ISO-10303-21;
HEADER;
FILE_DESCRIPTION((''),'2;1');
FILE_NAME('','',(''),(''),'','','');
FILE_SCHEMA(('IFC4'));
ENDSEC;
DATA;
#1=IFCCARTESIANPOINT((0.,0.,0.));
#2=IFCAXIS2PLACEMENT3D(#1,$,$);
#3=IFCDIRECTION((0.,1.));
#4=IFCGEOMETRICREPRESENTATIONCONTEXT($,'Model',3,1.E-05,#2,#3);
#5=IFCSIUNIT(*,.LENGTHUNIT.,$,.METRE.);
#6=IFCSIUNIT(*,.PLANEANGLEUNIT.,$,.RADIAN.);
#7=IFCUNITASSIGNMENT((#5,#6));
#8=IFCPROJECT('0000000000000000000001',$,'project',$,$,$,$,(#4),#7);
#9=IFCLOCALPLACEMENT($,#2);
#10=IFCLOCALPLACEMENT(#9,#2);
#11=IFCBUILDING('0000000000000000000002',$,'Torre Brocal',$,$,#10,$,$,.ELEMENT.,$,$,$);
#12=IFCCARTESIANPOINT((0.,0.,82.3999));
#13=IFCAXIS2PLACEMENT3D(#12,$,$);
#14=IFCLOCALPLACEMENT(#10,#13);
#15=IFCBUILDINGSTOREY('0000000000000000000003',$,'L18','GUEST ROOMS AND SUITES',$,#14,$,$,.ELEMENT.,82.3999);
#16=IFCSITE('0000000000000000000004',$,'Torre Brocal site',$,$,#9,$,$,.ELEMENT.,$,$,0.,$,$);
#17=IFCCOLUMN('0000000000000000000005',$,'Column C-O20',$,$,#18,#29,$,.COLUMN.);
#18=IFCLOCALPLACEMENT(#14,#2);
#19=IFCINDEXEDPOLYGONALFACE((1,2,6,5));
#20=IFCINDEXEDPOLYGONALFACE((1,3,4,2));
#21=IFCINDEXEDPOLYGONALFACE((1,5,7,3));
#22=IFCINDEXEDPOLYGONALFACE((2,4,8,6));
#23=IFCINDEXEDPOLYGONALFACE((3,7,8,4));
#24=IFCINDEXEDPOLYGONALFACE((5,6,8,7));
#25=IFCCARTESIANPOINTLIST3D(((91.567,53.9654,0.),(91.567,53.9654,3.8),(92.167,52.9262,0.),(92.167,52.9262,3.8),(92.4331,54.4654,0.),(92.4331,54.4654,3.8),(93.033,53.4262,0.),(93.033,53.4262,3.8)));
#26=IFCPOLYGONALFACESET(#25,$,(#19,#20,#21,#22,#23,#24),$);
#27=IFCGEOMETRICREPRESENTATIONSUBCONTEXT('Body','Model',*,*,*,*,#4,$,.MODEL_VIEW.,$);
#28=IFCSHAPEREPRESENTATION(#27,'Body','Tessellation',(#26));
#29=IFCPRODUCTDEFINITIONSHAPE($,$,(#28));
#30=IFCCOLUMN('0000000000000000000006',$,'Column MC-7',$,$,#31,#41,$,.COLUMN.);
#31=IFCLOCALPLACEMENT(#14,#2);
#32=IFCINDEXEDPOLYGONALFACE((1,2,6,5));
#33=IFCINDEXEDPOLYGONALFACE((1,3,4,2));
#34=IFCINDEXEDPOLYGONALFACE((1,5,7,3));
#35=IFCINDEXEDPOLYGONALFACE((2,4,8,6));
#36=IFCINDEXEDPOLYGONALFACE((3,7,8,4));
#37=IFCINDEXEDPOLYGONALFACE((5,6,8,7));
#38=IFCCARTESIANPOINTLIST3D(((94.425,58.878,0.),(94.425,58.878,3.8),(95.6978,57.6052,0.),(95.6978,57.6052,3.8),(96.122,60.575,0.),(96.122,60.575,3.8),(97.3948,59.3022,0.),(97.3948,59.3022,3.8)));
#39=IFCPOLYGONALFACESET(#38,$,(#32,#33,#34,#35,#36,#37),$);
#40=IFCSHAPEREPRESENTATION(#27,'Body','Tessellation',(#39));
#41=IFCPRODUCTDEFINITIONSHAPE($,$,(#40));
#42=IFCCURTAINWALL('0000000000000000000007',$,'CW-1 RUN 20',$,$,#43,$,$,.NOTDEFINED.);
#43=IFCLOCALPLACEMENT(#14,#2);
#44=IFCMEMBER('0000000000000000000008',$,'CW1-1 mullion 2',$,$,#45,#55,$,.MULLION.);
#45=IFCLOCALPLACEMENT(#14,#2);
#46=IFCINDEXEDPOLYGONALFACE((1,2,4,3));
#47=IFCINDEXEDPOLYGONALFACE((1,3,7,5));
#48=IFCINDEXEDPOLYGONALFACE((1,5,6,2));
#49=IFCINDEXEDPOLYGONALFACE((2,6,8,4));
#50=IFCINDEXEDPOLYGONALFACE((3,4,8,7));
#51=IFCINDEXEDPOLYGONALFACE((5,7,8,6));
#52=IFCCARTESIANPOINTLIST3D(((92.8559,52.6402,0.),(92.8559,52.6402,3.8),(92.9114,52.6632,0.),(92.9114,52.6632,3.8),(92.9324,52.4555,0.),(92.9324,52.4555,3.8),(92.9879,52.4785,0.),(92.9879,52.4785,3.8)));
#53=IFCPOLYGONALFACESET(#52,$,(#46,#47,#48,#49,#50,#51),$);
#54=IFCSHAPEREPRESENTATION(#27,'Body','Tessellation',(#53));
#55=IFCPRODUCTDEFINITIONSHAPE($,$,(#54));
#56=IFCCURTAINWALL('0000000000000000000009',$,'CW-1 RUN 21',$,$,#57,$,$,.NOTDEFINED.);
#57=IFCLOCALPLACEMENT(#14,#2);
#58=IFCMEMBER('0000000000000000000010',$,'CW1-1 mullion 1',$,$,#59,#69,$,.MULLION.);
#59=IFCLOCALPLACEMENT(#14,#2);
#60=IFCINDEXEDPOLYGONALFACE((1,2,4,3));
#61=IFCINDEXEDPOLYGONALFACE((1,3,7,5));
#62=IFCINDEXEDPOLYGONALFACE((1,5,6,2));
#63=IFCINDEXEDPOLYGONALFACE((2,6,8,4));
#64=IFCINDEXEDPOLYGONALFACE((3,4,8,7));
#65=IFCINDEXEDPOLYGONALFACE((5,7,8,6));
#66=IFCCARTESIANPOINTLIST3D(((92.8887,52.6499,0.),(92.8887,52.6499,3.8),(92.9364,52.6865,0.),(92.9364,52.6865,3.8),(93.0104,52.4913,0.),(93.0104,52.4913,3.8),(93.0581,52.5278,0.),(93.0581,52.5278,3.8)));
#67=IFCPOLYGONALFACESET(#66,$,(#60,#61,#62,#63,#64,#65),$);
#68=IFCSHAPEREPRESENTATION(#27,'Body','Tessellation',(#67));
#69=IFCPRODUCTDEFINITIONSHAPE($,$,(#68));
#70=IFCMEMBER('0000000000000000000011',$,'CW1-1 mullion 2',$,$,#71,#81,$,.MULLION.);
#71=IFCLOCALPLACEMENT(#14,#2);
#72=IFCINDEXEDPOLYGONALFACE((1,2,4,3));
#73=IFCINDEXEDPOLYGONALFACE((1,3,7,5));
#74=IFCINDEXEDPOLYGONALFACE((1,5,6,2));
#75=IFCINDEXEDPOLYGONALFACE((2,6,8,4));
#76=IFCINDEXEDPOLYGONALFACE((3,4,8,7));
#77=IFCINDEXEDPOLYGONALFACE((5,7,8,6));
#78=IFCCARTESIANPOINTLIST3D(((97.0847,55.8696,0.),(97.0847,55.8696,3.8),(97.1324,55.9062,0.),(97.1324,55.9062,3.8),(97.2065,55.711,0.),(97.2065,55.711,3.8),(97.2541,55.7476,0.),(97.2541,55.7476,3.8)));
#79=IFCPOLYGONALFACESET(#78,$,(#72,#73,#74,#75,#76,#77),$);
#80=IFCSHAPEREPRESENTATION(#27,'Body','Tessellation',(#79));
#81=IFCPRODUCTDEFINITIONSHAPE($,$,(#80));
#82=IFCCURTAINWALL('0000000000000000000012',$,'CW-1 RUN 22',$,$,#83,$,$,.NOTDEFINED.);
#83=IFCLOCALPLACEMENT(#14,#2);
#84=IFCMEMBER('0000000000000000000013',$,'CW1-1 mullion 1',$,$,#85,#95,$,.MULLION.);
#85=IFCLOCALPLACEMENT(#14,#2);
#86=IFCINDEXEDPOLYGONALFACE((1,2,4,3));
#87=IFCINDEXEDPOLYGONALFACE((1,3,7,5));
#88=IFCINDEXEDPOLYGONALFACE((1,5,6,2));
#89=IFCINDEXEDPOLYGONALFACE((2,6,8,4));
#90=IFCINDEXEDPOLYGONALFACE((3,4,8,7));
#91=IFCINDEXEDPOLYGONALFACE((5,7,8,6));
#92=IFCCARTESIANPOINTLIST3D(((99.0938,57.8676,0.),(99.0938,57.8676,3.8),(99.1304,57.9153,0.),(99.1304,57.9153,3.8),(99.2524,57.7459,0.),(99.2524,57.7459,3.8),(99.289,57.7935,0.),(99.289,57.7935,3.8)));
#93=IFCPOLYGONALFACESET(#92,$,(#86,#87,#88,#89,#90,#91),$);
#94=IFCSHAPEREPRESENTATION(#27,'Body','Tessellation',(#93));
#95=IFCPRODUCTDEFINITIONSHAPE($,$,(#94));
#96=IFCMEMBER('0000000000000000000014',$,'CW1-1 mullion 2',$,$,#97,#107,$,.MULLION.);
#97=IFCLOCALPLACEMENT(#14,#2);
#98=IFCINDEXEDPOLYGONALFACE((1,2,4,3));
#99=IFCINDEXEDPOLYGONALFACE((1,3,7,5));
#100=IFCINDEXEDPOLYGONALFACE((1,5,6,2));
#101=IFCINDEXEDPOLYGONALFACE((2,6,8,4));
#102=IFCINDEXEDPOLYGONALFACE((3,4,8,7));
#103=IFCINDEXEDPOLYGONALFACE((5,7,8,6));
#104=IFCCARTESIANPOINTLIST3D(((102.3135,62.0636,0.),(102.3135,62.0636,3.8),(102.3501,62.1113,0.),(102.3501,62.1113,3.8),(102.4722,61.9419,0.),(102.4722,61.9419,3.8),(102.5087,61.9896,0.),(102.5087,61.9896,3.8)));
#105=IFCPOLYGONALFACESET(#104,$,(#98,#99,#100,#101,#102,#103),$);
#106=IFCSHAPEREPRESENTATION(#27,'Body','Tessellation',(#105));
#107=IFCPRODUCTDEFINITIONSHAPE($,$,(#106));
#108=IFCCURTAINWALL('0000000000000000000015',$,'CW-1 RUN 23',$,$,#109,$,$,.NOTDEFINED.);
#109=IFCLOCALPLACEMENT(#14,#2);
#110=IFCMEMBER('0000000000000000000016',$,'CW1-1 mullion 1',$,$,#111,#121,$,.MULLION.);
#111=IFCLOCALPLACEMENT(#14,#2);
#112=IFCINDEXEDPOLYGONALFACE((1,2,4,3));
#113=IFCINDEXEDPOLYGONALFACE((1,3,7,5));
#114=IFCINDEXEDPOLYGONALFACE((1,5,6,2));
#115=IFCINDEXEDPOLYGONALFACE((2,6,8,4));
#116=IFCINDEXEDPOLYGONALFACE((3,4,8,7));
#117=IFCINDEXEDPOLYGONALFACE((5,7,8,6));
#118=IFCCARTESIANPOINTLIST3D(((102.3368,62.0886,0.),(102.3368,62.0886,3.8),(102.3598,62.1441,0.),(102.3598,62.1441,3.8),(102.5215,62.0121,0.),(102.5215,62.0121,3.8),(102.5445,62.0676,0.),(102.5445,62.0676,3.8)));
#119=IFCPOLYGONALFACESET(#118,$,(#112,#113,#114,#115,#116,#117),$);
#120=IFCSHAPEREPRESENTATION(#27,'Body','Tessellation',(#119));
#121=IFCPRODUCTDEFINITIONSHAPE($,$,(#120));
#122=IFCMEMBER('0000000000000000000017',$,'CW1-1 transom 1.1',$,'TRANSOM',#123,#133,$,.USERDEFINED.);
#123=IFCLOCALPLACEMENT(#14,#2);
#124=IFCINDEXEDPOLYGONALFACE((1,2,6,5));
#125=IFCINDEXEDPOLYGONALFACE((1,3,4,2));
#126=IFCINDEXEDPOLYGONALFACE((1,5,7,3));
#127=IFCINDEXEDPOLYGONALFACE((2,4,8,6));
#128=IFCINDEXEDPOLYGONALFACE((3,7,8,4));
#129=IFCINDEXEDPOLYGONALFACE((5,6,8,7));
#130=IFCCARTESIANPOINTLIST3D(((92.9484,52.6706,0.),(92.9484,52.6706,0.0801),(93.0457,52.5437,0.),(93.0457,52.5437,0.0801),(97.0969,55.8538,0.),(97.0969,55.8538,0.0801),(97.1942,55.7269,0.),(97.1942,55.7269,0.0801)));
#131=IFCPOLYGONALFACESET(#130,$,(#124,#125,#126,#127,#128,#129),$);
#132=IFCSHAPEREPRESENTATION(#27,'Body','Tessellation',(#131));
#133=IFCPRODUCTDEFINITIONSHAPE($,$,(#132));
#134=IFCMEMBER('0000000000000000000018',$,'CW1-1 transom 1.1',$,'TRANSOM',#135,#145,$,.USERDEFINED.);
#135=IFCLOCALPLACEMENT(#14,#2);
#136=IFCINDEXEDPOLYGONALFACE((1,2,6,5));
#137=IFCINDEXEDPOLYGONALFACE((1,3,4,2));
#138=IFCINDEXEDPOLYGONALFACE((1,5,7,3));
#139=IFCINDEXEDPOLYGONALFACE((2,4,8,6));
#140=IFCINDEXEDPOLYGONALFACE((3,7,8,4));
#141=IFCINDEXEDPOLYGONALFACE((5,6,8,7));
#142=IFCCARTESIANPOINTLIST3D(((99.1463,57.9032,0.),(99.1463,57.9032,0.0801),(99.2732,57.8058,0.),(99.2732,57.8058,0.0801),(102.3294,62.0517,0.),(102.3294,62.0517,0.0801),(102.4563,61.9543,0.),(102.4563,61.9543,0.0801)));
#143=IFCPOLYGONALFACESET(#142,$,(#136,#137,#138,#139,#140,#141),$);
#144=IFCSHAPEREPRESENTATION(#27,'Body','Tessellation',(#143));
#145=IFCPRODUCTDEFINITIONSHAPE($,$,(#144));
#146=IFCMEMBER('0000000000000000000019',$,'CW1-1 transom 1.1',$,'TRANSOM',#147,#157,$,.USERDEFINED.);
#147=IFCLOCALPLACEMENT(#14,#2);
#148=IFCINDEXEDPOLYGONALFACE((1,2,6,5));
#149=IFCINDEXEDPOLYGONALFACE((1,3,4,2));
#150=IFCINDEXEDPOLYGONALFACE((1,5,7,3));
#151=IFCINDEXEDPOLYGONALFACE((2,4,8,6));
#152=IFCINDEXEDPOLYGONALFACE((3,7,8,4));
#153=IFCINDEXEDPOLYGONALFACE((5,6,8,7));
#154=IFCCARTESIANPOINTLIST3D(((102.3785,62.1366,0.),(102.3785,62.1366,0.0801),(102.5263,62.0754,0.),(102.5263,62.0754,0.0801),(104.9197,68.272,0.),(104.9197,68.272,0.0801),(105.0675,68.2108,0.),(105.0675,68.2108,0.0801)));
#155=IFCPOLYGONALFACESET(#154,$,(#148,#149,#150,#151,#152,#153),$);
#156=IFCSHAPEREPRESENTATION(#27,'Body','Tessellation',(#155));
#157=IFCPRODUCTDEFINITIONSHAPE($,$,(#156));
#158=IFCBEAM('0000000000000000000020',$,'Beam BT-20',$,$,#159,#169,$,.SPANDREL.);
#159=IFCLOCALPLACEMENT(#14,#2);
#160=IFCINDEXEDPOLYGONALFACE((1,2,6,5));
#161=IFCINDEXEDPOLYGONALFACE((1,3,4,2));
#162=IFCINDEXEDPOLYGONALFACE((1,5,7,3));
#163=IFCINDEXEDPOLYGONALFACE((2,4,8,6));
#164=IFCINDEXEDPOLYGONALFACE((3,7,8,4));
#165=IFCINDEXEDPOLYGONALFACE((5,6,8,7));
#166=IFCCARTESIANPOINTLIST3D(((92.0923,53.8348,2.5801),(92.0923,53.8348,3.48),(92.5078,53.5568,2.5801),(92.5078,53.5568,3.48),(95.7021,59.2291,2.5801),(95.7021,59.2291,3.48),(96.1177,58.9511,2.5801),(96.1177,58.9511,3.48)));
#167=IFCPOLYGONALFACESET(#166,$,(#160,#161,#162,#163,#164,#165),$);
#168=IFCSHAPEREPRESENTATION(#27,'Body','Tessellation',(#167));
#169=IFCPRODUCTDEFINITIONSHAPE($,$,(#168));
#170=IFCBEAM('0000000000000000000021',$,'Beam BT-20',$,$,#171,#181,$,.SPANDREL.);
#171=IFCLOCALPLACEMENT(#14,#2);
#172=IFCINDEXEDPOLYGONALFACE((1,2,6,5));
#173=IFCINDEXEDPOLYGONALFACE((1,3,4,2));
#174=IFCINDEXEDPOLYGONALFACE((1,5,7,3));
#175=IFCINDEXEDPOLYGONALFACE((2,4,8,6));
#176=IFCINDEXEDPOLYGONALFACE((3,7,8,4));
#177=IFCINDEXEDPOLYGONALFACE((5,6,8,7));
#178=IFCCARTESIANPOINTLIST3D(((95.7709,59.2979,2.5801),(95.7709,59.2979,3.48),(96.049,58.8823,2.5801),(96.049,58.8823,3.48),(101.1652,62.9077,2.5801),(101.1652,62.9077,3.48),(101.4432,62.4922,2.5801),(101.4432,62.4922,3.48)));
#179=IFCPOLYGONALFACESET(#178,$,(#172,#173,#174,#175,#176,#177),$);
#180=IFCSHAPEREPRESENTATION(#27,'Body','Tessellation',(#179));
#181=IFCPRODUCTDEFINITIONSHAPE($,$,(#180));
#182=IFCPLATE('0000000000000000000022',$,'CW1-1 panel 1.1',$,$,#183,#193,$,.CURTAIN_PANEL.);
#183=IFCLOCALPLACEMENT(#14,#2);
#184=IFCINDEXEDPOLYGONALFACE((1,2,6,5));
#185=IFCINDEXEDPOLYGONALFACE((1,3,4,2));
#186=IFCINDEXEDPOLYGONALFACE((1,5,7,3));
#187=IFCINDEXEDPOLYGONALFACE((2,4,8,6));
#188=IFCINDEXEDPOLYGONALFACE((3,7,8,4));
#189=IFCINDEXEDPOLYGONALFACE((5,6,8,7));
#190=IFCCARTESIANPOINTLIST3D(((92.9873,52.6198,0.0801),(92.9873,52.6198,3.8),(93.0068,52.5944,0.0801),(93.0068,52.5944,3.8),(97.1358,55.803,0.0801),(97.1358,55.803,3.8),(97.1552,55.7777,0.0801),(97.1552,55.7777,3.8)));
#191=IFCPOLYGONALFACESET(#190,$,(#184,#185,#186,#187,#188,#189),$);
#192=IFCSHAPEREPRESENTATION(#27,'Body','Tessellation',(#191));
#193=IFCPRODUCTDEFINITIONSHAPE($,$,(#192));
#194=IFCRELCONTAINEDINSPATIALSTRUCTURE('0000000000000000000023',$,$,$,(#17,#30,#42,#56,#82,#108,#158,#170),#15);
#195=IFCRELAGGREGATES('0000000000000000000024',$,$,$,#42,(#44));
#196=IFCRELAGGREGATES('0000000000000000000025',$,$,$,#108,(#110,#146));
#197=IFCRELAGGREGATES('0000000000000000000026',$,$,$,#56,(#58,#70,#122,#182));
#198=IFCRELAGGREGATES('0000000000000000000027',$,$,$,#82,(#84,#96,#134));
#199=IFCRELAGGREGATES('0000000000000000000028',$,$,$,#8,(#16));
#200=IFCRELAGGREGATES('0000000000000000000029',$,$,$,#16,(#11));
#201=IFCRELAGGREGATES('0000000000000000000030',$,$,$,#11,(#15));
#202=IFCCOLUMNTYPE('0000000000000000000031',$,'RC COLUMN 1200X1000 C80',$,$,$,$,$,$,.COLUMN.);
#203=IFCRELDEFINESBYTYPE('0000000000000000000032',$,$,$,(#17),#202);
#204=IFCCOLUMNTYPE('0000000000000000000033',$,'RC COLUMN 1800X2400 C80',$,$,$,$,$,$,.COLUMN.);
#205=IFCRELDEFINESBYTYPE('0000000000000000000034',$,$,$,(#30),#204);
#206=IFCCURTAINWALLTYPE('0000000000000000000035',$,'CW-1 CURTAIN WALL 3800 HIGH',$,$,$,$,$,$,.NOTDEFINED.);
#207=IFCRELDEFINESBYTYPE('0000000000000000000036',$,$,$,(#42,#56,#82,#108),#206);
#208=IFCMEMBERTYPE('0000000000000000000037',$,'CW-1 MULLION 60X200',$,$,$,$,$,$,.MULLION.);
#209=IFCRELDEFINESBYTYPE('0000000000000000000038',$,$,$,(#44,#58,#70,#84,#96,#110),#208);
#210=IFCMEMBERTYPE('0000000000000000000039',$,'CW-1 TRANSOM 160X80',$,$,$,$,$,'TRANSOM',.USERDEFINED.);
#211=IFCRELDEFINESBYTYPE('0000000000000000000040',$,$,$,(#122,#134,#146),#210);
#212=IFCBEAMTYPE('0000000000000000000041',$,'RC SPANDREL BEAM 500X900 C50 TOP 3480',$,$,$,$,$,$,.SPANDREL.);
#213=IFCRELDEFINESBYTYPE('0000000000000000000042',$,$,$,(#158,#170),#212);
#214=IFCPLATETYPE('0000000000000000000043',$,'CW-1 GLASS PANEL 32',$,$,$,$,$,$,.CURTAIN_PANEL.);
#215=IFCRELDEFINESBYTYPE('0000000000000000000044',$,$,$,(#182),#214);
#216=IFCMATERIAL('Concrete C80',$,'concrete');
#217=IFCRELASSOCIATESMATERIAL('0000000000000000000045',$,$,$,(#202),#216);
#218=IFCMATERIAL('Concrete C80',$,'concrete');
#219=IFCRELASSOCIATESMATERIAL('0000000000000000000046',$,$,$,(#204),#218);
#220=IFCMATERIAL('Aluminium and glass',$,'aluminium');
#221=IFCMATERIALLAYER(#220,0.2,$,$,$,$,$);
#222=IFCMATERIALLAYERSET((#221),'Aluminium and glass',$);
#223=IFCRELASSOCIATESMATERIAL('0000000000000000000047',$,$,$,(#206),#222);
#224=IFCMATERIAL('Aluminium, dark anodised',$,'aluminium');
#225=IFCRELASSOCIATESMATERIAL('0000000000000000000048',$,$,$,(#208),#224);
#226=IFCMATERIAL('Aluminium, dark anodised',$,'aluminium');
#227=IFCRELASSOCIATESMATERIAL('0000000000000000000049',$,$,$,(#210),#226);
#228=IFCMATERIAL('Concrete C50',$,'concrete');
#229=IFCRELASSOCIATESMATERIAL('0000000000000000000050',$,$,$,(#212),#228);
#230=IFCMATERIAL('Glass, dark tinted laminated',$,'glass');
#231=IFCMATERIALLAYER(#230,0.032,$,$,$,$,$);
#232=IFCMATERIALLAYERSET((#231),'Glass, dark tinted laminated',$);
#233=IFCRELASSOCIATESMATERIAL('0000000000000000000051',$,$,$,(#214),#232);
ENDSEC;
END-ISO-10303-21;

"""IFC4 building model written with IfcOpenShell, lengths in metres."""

from ifc_helpers import new_model, si_unit, direction, frame, origin, origin_2d, place, context, subcontext, project, spatial, rectangle, extrude, material, layer, layer_set, material_profile, profile_set, type_object, element, aggregate, save


model = new_model("IFC4")

# Units and contexts
model_context = context("Model", 3, precision=1e-05, world=origin(), true_north=direction((0.0, 1.0)))
body_context = subcontext(model_context, "Body", "Model", "MODEL_VIEW")
ifc_project = project(units=[si_unit("LENGTHUNIT", "METRE"), si_unit("PLANEANGLEUNIT", "RADIAN")], contexts=[model_context])

# Site, building, storey
site_placement = place(None, origin())
site = spatial("IfcSite", under=ifc_project, at=site_placement, Name="Torre Brocal site", CompositionType="ELEMENT", RefElevation=0.0)
building_placement = place(site_placement, origin())
building = spatial("IfcBuilding", under=site, at=building_placement, Name="Torre Brocal", CompositionType="ELEMENT")
storey_placement = place(building_placement, frame((0.0, 0.0, 82.3999)))
storey = spatial("IfcBuildingStorey", under=building, at=storey_placement, Name="L18", Description="GUEST ROOMS AND SUITES", CompositionType="ELEMENT", Elevation=82.3999)

# Columns
ifc_material_1 = material(Name="Concrete C80", Category="concrete")
ifc_material_profile_1 = material_profile(ifc_material_1, rectangle(XDim=1.2, YDim=1.0, at=origin_2d()), Name="RC 1200X1000")
ifc_profile_set_1 = profile_set([ifc_material_profile_1], Name="Concrete C80")
column_type_1 = type_object("IfcColumnType", Name="RC COLUMN 1200X1000 C80", PredefinedType="COLUMN", material=ifc_profile_set_1)
column_1_placement = place(storey_placement, frame((92.3, 53.6958, 0.0), z_axis=(0.0, 0.0, 1.0), x_axis=(0.5, -0.866025, 0.0)))
element("IfcColumn", 1, at=column_1_placement, inside=storey, type_object=column_type_1, Name="Column C-O20", PredefinedType="COLUMN", context=body_context, shape_type="SweptSolid", body=[
    extrude(rectangle(XDim=1.2, YDim=1.0, at=origin_2d()), origin(), (0.0, 0.0, 1.0), 3.8),
])
ifc_material_2 = material(Name="Concrete C80", Category="concrete")
ifc_material_profile_2 = material_profile(ifc_material_2, rectangle(XDim=1.8, YDim=2.3999, at=origin_2d()), Name="RC 1800X2400")
ifc_profile_set_2 = profile_set([ifc_material_profile_2], Name="Concrete C80")
column_type_2 = type_object("IfcColumnType", Name="RC COLUMN 1800X2400 C80", PredefinedType="COLUMN", material=ifc_profile_set_2)
column_2_placement = place(storey_placement, frame((95.9099, 59.0901, 0.0), z_axis=(0.0, 0.0, 1.0), x_axis=(0.707107, -0.707107, 0.0)))
element("IfcColumn", 2, at=column_2_placement, inside=storey, type_object=column_type_2, Name="Column MC-7", PredefinedType="COLUMN", context=body_context, shape_type="SweptSolid", body=[
    extrude(rectangle(XDim=1.8, YDim=2.3999, at=origin_2d()), origin(), (0.0, 0.0, 1.0), 3.8),
])

# Curtain wall, member
ifc_material_3 = material(Name="Aluminium and glass", Category="aluminium")
ifc_layer_1 = layer(ifc_material_3, 0.2)
ifc_layer_set_1 = layer_set([ifc_layer_1], Name="Aluminium and glass")
curtain_wall_type = type_object("IfcCurtainWallType", Name="CW-1 CURTAIN WALL 3800 HIGH", PredefinedType="NOTDEFINED", material=ifc_layer_set_1)
curtain_wall_1_placement = place(storey_placement, origin())
curtain_wall_1 = element("IfcCurtainWall", 3, at=curtain_wall_1_placement, inside=storey, type_object=curtain_wall_type, Name="CW-1 RUN 20", PredefinedType="NOTDEFINED")
ifc_material_4 = material(Name="Aluminium, dark anodised", Category="aluminium")
ifc_material_profile_3 = material_profile(ifc_material_4, rectangle(XDim=0.2, YDim=0.0601, at=origin_2d()), Name="CW-1 MULLION 60X200")
ifc_profile_set_3 = profile_set([ifc_material_profile_3], Name="Aluminium, dark anodised")
member_type_1 = type_object("IfcMemberType", Name="CW-1 MULLION 60X200", PredefinedType="MULLION", material=ifc_profile_set_3)
member_1_placement = place(storey_placement, frame((92.9219, 52.5593, 0.0), z_axis=(0.0, 0.0, 1.0), x_axis=(-0.382683, 0.92388, 0.0)))
member_1 = element("IfcMember", 4, at=member_1_placement, type_object=member_type_1, Name="CW1-1 mullion 2", PredefinedType="MULLION", context=body_context, shape_type="SweptSolid", body=[
    extrude(rectangle(XDim=0.2, YDim=0.0601, at=origin_2d()), origin(), (0.0, 0.0, 1.0), 3.8),
])
aggregate(curtain_wall_1, [member_1])

# Curtain walls, members
curtain_wall_2_placement = place(storey_placement, origin())
curtain_wall_2 = element("IfcCurtainWall", 5, at=curtain_wall_2_placement, inside=storey, type_object=curtain_wall_type, Name="CW-1 RUN 21", PredefinedType="NOTDEFINED")
member_2_placement = place(storey_placement, frame((92.9734, 52.5889, 0.0), z_axis=(0.0, 0.0, 1.0), x_axis=(-0.608761, 0.793353, 0.0)))
member_2 = element("IfcMember", 6, at=member_2_placement, type_object=member_type_1, Name="CW1-1 mullion 1", PredefinedType="MULLION", context=body_context, shape_type="SweptSolid", body=[
    extrude(rectangle(XDim=0.2, YDim=0.0601, at=origin_2d()), origin(), (0.0, 0.0, 1.0), 3.8),
])
member_3_placement = place(storey_placement, frame((97.1694, 55.8086, 0.0), z_axis=(0.0, 0.0, 1.0), x_axis=(-0.608761, 0.793353, 0.0)))
member_3 = element("IfcMember", 7, at=member_3_placement, type_object=member_type_1, Name="CW1-1 mullion 2", PredefinedType="MULLION", context=body_context, shape_type="SweptSolid", body=[
    extrude(rectangle(XDim=0.2, YDim=0.0601, at=origin_2d()), origin(), (0.0, 0.0, 1.0), 3.8),
])
curtain_wall_3_placement = place(storey_placement, origin())
curtain_wall_3 = element("IfcCurtainWall", 8, at=curtain_wall_3_placement, inside=storey, type_object=curtain_wall_type, Name="CW-1 RUN 22", PredefinedType="NOTDEFINED")
member_4_placement = place(storey_placement, frame((99.1914, 57.8306, 0.0), z_axis=(0.0, 0.0, 1.0), x_axis=(-0.793353, 0.608761, 0.0)))
member_4 = element("IfcMember", 9, at=member_4_placement, type_object=member_type_1, Name="CW1-1 mullion 1", PredefinedType="MULLION", context=body_context, shape_type="SweptSolid", body=[
    extrude(rectangle(XDim=0.2, YDim=0.0601, at=origin_2d()), origin(), (0.0, 0.0, 1.0), 3.8),
])
member_5_placement = place(storey_placement, frame((102.4111, 62.0266, 0.0), z_axis=(0.0, 0.0, 1.0), x_axis=(-0.793353, 0.608761, 0.0)))
member_5 = element("IfcMember", 10, at=member_5_placement, type_object=member_type_1, Name="CW1-1 mullion 2", PredefinedType="MULLION", context=body_context, shape_type="SweptSolid", body=[
    extrude(rectangle(XDim=0.2, YDim=0.0601, at=origin_2d()), origin(), (0.0, 0.0, 1.0), 3.8),
])

# Curtain wall, member
curtain_wall_4_placement = place(storey_placement, origin())
curtain_wall_4 = element("IfcCurtainWall", 11, at=curtain_wall_4_placement, inside=storey, type_object=curtain_wall_type, Name="CW-1 RUN 23", PredefinedType="NOTDEFINED")
member_6_placement = place(storey_placement, frame((102.4407, 62.0781, 0.0), z_axis=(0.0, 0.0, 1.0), x_axis=(-0.92388, 0.382683, 0.0)))
member_6 = element("IfcMember", 12, at=member_6_placement, type_object=member_type_1, Name="CW1-1 mullion 1", PredefinedType="MULLION", context=body_context, shape_type="SweptSolid", body=[
    extrude(rectangle(XDim=0.2, YDim=0.0601, at=origin_2d()), origin(), (0.0, 0.0, 1.0), 3.8),
])

# Members
ifc_material_5 = material(Name="Aluminium, dark anodised", Category="aluminium")
ifc_material_profile_4 = material_profile(ifc_material_5, rectangle(XDim=0.1599, YDim=0.0801, at=origin_2d()), Name="CW-1 TRANSOM 160X80")
ifc_profile_set_4 = profile_set([ifc_material_profile_4], Name="Aluminium, dark anodised")
member_type_2 = type_object("IfcMemberType", Name="CW-1 TRANSOM 160X80", ElementType="TRANSOM", PredefinedType="USERDEFINED", material=ifc_profile_set_4)
member_7_placement = place(storey_placement, frame((92.9971, 52.6072, 0.04), z_axis=(0.793363, 0.608749, 0.0), x_axis=(-0.608749, 0.793363, 0.0)))
member_7 = element("IfcMember", 13, at=member_7_placement, type_object=member_type_2, Name="CW1-1 transom 1.1", ObjectType="TRANSOM", PredefinedType="USERDEFINED", context=body_context, shape_type="SweptSolid", body=[
    extrude(rectangle(XDim=0.1599, YDim=0.0801, at=origin_2d()), origin(), (0.0, 0.0, 1.0), 5.229),
])
member_8_placement = place(storey_placement, frame((99.2097, 57.8545, 0.04), z_axis=(0.608749, 0.793363, 0.0), x_axis=(-0.793363, 0.608749, 0.0)))
member_8 = element("IfcMember", 14, at=member_8_placement, type_object=member_type_2, Name="CW1-1 transom 1.1", ObjectType="TRANSOM", PredefinedType="USERDEFINED", context=body_context, shape_type="SweptSolid", body=[
    extrude(rectangle(XDim=0.1599, YDim=0.0801, at=origin_2d()), origin(), (0.0, 0.0, 1.0), 5.229),
])
member_9_placement = place(storey_placement, frame((102.4524, 62.106, 0.04), z_axis=(0.382665, 0.923887, 0.0), x_axis=(-0.923887, 0.382665, 0.0)))
member_9 = element("IfcMember", 15, at=member_9_placement, type_object=member_type_2, Name="CW1-1 transom 1.1", ObjectType="TRANSOM", PredefinedType="USERDEFINED", context=body_context, shape_type="SweptSolid", body=[
    extrude(rectangle(XDim=0.1599, YDim=0.0801, at=origin_2d()), origin(), (0.0, 0.0, 1.0), 6.6409),
])
aggregate(curtain_wall_4, [member_6, member_9])

# Beams
ifc_material_6 = material(Name="Concrete C50", Category="concrete")
ifc_material_profile_5 = material_profile(ifc_material_6, rectangle(XDim=0.5, YDim=0.8999, at=origin_2d()), Name="RC 500X900")
ifc_profile_set_5 = profile_set([ifc_material_profile_5], Name="Concrete C50")
beam_type = type_object("IfcBeamType", Name="RC SPANDREL BEAM 500X900 C50 TOP 3480", PredefinedType="SPANDREL", material=ifc_profile_set_5)
for number, where, z_axis, x_axis, name in (
    (16, (92.3, 53.6958, 3.03), (0.556158, 0.831077, 0.0), (-0.831077, 0.556158, 0.0), "Beam BT-20"),
    (17, (95.9099, 59.0901, 3.03), (0.831077, 0.556158, 0.0), (-0.556158, 0.831077, 0.0), "Beam BT-20"),
):
    element("IfcBeam", number, at=place(storey_placement, frame(where, z_axis=z_axis, x_axis=x_axis)), inside=storey, type_object=beam_type, Name=name, PredefinedType="SPANDREL", context=body_context, shape_type="SweptSolid", body=[
        extrude(rectangle(XDim=0.5, YDim=0.8999, at=origin_2d()), origin(), (0.0, 0.0, 1.0), 6.4907),
    ])

# Plate
ifc_material_7 = material(Name="Glass, dark tinted laminated", Category="glass")
ifc_layer_2 = layer(ifc_material_7, 0.032)
ifc_layer_set_2 = layer_set([ifc_layer_2], Name="Glass, dark tinted laminated")
plate_type = type_object("IfcPlateType", Name="CW-1 GLASS PANEL 32", PredefinedType="CURTAIN_PANEL", material=ifc_layer_set_2)
plate_1_placement = place(storey_placement, frame((95.0713, 54.1987, 0.0801), z_axis=(0.0, 0.0, 1.0), x_axis=(0.793353, 0.608761, 0.0)))
plate_1 = element("IfcPlate", 18, at=plate_1_placement, type_object=plate_type, Name="CW1-1 panel 1.1", PredefinedType="CURTAIN_PANEL", context=body_context, shape_type="SweptSolid", body=[
    extrude(rectangle(XDim=5.229, YDim=0.032, at=origin_2d()), origin(), (0.0, 0.0, 1.0), 3.72),
])
aggregate(curtain_wall_2, [member_2, member_3, member_7, plate_1])
aggregate(curtain_wall_3, [member_4, member_5, member_8])

save(model, "model.ifc")
